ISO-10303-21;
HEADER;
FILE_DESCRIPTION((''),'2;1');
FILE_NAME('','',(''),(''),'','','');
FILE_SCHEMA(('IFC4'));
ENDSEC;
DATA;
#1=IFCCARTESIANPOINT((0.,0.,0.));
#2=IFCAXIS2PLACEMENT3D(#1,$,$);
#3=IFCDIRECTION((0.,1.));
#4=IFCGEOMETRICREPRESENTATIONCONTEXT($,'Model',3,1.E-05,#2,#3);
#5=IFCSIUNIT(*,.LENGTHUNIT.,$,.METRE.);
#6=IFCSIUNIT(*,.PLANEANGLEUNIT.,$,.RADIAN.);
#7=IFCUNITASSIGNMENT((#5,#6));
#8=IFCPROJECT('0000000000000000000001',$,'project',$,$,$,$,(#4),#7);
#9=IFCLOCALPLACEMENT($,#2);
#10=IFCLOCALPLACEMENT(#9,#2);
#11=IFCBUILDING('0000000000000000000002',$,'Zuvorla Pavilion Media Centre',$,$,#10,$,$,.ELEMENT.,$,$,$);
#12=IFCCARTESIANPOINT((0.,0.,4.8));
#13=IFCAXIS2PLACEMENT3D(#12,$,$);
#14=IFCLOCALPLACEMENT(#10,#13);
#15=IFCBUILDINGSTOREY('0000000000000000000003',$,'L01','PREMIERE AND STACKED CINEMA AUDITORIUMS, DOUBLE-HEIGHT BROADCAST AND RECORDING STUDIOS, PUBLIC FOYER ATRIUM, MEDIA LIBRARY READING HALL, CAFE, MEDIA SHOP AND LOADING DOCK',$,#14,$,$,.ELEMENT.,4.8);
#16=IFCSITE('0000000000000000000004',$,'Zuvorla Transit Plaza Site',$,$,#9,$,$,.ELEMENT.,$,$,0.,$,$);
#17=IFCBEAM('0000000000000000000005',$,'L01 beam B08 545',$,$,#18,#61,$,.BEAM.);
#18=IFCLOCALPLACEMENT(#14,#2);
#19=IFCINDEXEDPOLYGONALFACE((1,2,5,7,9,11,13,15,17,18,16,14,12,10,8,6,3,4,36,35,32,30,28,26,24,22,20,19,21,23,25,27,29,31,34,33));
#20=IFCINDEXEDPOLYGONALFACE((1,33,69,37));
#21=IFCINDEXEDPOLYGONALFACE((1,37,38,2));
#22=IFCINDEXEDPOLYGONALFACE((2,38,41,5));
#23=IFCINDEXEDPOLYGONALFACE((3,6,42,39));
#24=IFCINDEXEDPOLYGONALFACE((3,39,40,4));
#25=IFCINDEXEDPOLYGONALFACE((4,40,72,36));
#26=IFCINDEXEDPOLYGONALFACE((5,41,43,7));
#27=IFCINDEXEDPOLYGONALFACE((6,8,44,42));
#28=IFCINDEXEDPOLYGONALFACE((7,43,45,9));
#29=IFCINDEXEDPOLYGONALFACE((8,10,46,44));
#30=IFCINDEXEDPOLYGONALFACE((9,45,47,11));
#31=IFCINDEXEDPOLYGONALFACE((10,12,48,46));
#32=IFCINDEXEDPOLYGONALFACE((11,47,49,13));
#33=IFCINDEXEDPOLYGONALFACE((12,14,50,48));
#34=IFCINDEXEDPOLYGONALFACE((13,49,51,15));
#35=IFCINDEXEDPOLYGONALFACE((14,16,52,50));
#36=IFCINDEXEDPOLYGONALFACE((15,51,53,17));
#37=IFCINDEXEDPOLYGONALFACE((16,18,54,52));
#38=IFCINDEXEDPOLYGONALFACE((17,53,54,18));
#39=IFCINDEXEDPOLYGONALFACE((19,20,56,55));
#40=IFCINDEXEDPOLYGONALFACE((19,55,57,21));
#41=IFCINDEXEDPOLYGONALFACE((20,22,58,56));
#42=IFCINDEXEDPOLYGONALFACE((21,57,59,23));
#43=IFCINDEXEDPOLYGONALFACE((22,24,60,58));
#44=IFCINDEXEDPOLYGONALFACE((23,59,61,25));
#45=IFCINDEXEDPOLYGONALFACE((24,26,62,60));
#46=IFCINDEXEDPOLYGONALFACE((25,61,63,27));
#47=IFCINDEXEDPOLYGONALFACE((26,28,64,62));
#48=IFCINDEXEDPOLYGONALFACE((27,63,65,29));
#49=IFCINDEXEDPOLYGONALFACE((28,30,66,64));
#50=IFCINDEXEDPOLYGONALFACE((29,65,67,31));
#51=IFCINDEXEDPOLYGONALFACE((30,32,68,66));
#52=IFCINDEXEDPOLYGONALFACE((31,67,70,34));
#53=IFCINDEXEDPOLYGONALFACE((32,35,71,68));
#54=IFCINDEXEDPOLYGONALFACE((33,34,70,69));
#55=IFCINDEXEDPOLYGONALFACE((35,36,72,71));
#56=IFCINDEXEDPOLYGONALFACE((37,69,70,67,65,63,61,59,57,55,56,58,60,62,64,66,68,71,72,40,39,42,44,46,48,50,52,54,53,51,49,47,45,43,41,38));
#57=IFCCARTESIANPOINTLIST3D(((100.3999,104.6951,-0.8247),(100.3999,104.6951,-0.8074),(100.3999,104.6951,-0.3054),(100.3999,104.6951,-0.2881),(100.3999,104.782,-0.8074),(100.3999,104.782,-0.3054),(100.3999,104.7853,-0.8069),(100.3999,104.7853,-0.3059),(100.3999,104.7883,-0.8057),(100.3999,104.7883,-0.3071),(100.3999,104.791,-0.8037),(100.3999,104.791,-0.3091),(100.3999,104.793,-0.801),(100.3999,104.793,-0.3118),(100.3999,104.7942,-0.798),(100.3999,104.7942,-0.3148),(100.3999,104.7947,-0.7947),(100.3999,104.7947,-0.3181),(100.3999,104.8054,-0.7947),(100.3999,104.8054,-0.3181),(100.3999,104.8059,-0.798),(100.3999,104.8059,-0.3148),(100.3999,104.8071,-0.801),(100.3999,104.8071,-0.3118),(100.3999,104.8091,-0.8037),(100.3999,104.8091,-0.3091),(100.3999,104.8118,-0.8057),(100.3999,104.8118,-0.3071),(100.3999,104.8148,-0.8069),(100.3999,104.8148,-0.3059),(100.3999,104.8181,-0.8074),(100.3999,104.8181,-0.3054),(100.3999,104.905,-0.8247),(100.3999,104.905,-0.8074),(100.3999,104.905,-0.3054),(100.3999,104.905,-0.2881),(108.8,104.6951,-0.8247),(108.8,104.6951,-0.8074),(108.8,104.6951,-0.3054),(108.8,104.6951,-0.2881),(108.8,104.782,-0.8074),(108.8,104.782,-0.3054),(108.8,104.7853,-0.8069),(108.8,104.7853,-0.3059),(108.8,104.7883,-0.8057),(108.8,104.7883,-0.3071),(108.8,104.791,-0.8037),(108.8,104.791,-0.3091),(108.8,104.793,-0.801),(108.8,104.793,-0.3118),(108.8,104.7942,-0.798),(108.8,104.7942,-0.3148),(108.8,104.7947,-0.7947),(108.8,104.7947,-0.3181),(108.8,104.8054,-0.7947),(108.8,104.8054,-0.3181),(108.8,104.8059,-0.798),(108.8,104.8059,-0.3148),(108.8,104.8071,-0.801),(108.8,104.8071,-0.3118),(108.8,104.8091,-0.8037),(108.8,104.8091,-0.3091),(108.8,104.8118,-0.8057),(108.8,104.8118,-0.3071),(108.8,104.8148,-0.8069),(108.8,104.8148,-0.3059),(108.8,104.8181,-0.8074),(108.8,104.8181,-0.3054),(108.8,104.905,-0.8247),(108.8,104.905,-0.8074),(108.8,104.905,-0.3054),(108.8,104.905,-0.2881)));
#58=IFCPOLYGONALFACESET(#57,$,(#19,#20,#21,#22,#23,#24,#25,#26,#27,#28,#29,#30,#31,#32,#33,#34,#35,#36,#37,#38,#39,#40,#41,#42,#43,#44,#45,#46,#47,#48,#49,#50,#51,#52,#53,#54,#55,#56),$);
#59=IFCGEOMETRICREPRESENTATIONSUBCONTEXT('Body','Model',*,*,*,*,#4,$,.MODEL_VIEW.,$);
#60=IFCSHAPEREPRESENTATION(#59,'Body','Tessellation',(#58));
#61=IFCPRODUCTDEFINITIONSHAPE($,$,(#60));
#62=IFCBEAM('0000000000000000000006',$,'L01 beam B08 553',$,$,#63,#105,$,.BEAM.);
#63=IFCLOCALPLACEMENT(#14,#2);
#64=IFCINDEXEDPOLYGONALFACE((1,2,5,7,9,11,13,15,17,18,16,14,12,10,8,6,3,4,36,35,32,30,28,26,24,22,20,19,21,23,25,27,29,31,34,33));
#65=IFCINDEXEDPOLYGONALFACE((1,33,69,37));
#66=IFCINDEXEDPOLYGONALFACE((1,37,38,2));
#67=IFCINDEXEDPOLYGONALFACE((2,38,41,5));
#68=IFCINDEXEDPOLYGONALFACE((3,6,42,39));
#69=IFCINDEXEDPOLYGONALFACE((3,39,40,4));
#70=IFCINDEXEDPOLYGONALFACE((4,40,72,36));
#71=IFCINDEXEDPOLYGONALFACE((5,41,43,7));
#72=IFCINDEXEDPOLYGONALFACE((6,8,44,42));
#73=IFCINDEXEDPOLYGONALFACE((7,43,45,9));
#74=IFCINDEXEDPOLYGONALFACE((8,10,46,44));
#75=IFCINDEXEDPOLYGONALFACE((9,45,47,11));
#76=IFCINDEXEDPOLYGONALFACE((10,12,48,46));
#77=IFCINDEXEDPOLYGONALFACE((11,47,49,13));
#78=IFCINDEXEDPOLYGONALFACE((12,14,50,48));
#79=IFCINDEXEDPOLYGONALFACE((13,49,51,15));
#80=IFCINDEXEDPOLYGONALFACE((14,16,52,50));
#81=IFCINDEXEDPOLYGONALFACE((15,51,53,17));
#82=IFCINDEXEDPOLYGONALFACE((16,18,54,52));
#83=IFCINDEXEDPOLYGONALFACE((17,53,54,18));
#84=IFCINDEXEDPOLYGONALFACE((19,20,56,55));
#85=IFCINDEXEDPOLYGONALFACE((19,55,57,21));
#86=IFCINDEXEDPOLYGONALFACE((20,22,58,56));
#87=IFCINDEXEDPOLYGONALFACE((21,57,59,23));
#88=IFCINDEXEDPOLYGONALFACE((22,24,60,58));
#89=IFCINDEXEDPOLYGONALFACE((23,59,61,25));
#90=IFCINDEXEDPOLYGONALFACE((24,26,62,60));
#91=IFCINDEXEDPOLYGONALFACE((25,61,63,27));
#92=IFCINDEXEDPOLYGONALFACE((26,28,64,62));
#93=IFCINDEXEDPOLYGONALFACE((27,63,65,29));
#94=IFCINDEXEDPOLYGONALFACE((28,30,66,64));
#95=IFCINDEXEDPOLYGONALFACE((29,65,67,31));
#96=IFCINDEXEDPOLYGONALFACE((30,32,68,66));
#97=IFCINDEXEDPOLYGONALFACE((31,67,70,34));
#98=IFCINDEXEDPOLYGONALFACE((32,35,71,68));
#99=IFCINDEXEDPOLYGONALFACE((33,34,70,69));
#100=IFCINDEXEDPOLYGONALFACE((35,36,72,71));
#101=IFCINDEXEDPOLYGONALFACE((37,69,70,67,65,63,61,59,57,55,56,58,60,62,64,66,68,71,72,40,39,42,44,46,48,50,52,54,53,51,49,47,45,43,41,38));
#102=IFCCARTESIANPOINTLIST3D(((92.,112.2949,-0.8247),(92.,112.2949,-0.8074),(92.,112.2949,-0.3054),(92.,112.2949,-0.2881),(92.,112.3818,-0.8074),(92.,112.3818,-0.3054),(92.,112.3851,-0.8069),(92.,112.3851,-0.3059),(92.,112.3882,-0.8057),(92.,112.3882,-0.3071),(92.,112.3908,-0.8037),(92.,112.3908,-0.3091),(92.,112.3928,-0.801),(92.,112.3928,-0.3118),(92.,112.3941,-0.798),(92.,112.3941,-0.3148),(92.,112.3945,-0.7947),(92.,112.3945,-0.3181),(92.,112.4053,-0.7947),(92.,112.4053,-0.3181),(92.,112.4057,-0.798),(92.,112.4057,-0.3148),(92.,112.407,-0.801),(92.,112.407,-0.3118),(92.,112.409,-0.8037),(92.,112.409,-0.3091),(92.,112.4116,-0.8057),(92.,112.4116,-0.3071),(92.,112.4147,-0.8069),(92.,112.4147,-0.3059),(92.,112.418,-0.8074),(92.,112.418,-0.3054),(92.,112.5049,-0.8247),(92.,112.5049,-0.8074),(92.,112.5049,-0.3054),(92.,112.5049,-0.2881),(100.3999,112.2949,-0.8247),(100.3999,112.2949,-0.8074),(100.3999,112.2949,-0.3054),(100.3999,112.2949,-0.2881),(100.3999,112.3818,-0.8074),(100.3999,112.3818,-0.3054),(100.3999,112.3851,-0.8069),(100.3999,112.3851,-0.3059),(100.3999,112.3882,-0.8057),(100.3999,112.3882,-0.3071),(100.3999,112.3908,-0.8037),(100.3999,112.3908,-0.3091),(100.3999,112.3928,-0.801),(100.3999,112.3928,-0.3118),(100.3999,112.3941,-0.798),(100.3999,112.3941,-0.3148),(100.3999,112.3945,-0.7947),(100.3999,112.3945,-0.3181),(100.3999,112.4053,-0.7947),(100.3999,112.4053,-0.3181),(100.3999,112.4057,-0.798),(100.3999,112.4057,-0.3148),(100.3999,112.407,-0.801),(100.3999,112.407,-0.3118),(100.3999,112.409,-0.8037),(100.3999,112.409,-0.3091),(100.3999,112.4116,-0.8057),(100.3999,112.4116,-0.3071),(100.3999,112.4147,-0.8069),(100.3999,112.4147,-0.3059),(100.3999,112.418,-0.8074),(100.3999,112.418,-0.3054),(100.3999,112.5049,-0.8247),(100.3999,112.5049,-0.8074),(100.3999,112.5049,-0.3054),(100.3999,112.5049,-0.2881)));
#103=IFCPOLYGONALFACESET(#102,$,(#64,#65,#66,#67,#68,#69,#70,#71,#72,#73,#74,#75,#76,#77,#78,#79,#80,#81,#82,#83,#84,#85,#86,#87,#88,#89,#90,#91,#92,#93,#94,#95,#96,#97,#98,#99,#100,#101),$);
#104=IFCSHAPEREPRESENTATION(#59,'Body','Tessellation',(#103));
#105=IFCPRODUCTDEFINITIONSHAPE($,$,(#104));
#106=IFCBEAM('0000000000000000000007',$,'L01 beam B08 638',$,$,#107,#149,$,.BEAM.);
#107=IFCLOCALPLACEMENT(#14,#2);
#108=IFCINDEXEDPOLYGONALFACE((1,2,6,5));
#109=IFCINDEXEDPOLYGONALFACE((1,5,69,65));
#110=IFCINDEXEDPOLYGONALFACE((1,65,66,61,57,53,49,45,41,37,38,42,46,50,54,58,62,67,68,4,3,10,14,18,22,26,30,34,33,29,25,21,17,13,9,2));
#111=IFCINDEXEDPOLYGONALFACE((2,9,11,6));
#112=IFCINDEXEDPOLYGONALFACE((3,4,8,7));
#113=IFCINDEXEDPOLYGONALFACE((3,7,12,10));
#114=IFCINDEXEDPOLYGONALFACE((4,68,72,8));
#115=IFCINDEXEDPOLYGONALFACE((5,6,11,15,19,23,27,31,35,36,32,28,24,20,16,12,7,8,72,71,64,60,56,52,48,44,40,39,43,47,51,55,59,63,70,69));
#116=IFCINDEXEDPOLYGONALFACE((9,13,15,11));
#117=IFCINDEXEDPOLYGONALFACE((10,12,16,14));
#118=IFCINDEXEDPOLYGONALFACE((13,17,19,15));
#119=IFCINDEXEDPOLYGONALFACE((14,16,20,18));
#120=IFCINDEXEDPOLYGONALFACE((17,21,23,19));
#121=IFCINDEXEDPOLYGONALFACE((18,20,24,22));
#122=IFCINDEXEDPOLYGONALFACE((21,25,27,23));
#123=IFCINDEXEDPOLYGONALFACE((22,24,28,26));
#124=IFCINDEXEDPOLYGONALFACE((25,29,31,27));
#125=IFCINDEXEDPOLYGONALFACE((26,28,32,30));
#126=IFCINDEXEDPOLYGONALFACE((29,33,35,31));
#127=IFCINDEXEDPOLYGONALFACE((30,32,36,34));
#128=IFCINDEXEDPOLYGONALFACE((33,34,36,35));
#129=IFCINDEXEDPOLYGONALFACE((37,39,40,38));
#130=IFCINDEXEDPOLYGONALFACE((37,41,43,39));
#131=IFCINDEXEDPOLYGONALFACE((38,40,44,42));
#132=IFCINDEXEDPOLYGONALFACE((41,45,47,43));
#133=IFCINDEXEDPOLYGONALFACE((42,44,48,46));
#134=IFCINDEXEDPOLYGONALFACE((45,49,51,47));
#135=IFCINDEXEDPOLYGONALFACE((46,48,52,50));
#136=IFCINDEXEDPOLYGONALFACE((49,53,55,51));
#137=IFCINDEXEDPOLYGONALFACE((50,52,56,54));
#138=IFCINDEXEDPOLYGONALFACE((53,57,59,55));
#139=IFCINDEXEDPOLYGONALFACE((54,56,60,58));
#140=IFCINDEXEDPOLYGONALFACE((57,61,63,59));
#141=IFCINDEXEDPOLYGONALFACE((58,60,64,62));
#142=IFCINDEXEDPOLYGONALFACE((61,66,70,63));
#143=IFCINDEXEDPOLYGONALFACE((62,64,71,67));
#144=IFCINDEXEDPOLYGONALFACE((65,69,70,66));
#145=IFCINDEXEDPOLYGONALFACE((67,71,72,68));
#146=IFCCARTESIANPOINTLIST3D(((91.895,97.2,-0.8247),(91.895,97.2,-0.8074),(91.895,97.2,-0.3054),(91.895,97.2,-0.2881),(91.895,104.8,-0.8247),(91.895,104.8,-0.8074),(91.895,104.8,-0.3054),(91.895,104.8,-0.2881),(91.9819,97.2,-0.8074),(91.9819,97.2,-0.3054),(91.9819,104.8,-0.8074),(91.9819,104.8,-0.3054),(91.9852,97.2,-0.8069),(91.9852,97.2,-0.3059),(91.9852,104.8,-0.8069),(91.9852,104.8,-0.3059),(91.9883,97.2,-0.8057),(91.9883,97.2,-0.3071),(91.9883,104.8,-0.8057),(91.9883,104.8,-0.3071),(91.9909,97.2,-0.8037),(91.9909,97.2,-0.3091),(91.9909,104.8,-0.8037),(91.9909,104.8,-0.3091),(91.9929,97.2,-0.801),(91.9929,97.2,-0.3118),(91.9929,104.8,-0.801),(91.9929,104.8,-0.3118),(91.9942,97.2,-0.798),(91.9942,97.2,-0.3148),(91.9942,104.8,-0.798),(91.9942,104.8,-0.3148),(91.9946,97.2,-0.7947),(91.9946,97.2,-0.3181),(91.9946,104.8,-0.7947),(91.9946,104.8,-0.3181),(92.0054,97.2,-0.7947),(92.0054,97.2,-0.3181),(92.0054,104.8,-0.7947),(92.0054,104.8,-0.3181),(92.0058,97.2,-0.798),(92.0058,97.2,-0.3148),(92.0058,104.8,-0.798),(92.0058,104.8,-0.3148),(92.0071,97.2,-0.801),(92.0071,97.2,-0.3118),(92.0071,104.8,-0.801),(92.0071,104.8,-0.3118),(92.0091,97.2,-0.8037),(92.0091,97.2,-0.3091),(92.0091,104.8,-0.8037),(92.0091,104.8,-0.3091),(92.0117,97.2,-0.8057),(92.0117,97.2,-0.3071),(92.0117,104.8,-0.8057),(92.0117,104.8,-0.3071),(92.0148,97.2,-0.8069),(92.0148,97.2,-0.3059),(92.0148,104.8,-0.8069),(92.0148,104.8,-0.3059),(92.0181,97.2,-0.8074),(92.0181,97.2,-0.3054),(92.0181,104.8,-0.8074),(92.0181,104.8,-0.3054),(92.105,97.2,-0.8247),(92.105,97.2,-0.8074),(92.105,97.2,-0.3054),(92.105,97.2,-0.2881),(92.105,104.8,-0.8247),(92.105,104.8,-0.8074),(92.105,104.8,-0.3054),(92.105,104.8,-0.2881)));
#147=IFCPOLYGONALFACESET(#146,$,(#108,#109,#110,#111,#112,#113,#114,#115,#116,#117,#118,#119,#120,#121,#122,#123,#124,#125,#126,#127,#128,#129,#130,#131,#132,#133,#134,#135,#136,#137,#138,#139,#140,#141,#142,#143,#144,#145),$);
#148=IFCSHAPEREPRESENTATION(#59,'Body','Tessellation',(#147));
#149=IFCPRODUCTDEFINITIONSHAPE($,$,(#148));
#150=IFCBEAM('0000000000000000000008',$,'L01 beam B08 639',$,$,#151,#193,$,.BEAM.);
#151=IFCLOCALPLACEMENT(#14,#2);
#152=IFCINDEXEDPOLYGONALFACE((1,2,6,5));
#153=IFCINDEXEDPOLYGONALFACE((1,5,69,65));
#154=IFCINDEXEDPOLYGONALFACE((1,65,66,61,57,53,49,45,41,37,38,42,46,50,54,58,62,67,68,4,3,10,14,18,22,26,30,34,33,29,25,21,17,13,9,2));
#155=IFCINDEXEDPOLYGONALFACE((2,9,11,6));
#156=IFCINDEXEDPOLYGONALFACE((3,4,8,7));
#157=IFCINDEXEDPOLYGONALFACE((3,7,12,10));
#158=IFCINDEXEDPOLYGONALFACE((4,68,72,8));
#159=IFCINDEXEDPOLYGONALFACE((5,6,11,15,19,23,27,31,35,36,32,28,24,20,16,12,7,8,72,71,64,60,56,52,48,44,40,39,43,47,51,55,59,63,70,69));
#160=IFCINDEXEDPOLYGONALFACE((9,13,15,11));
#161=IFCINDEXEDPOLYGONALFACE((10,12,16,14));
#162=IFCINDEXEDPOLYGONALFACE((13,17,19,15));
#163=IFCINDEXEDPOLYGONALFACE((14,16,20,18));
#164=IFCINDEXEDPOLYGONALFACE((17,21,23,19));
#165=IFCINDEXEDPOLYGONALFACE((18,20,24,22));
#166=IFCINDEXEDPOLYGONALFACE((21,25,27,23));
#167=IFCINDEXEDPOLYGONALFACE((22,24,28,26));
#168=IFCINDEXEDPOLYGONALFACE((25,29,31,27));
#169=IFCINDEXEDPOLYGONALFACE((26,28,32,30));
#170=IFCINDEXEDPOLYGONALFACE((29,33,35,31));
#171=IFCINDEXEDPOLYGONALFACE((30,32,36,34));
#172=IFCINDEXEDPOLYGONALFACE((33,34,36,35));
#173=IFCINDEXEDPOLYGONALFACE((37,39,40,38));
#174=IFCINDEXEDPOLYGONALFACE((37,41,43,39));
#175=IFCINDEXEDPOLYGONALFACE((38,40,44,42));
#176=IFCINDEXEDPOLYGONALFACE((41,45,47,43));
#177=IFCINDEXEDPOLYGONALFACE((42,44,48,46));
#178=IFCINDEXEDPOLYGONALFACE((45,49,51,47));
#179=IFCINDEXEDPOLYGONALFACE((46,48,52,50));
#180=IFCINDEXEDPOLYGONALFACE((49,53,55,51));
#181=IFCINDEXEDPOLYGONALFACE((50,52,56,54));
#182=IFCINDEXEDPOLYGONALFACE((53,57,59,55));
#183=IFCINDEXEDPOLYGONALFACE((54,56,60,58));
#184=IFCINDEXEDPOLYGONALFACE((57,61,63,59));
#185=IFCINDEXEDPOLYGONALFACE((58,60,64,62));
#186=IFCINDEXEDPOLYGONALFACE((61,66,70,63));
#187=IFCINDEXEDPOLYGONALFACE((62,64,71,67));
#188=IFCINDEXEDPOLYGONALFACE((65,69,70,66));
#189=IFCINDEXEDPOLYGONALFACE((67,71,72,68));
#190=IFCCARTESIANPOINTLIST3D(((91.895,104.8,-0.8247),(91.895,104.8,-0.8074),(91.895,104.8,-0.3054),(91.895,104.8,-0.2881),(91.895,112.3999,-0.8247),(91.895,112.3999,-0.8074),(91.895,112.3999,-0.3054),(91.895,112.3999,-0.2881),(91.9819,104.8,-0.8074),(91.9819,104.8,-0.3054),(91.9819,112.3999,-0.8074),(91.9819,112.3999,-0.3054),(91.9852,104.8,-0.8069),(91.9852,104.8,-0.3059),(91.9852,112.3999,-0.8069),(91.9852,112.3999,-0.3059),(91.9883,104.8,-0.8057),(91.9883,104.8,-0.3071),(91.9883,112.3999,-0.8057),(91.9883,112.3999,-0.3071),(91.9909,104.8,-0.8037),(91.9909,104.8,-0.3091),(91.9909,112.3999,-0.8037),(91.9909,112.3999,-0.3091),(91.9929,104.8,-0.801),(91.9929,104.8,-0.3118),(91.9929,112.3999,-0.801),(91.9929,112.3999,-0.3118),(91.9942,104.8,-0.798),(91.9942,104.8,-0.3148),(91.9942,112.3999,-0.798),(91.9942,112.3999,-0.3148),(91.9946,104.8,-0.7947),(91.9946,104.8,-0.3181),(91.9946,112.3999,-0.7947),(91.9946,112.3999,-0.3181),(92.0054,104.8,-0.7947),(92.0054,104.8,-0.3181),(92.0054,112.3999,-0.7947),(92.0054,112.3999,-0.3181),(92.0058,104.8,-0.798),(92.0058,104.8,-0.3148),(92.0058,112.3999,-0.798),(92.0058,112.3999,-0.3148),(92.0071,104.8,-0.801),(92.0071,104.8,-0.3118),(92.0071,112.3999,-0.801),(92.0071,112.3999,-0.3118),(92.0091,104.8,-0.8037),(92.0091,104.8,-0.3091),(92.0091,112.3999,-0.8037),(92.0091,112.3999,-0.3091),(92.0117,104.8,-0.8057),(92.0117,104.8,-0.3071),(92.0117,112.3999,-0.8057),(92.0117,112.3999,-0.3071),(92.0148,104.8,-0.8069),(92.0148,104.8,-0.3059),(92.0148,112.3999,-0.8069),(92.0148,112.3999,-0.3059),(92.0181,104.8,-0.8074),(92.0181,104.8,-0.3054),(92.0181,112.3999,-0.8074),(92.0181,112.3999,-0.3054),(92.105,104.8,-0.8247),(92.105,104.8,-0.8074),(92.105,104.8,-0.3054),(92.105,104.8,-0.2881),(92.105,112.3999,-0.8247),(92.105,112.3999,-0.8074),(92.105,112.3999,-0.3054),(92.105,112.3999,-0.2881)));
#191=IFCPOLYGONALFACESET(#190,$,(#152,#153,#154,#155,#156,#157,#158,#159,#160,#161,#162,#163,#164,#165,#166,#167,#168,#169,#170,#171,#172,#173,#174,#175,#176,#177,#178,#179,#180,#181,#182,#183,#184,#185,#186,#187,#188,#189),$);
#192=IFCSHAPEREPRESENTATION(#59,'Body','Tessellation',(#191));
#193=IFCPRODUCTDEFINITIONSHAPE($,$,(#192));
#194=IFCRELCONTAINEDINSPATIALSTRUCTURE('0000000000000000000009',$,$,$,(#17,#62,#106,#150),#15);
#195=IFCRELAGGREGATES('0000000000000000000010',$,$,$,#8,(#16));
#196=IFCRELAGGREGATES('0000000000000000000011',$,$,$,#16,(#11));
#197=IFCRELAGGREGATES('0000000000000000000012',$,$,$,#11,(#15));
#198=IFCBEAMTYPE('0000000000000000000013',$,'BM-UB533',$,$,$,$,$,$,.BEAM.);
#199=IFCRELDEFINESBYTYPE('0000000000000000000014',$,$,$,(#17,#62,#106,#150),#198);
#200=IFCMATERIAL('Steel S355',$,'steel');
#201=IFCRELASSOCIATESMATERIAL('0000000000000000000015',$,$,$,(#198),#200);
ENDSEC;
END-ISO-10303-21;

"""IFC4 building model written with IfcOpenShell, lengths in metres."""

from ifc_helpers import new_model, si_unit, direction, frame, origin, origin_2d, place, context, subcontext, project, spatial, i_section, extrude, material, material_profile, profile_set, type_object, element, save


model = new_model("IFC4")

# Units and contexts
model_context = context("Model", 3, precision=1e-05, world=origin(), true_north=direction((0.0, 1.0)))
body_context = subcontext(model_context, "Body", "Model", "MODEL_VIEW")
ifc_project = project(units=[si_unit("LENGTHUNIT", "METRE"), si_unit("PLANEANGLEUNIT", "RADIAN")], contexts=[model_context])

# Site, building, storey
site_placement = place(None, origin())
site = spatial("IfcSite", under=ifc_project, at=site_placement, Name="Zuvorla Transit Plaza Site", CompositionType="ELEMENT", RefElevation=0.0)
building_placement = place(site_placement, origin())
building = spatial("IfcBuilding", under=site, at=building_placement, Name="Zuvorla Pavilion Media Centre", CompositionType="ELEMENT")
storey_placement = place(building_placement, frame((0.0, 0.0, 4.8)))
storey = spatial("IfcBuildingStorey", under=building, at=storey_placement, Name="L01", Description="PREMIERE AND STACKED CINEMA AUDITORIUMS, DOUBLE-HEIGHT BROADCAST AND RECORDING STUDIOS, PUBLIC FOYER ATRIUM, MEDIA LIBRARY READING HALL, CAFE, MEDIA SHOP AND LOADING DOCK", CompositionType="ELEMENT", Elevation=4.8)

# Beams
ifc_material_1 = material(Name="Steel S355", Category="steel")
ifc_material_profile_1 = material_profile(ifc_material_1, i_section(OverallWidth=0.21, OverallDepth=0.5366, WebThickness=0.0107, FlangeThickness=0.0173, FilletRadius=0.0127, at=origin_2d()), Name="UB 533x210x101")
ifc_profile_set_1 = profile_set([ifc_material_profile_1], Name="Steel S355")
beam_type_1 = type_object("IfcBeamType", Name="BM-UB533", PredefinedType="BEAM", material=ifc_profile_set_1)
beam_1_placement = place(storey_placement, frame((100.3999, 104.8, -0.5564), z_axis=(1.0, 0.0, 0.0), x_axis=(0.0, 1.0, 0.0)))
element("IfcBeam", 1, at=beam_1_placement, inside=storey, type_object=beam_type_1, Name="L01 beam B08 545", PredefinedType="BEAM", context=body_context, shape_type="SweptSolid", body=[
    extrude(i_section(OverallWidth=0.21, OverallDepth=0.5366, WebThickness=0.0107, FlangeThickness=0.0173, FilletRadius=0.0127, at=origin_2d()), origin(), (0.0, 0.0, 1.0), 8.4001),
])
beam_2_placement = place(storey_placement, frame((92.0, 112.3999, -0.5564), z_axis=(1.0, 0.0, 0.0), x_axis=(0.0, 1.0, 0.0)))
element("IfcBeam", 2, at=beam_2_placement, inside=storey, type_object=beam_type_1, Name="L01 beam B08 553", PredefinedType="BEAM", context=body_context, shape_type="SweptSolid", body=[
    extrude(i_section(OverallWidth=0.21, OverallDepth=0.5366, WebThickness=0.0107, FlangeThickness=0.0173, FilletRadius=0.0127, at=origin_2d()), origin(), (0.0, 0.0, 1.0), 8.3999),
])
beam_3_placement = place(storey_placement, frame((92.0, 97.2, -0.5564), z_axis=(0.0, 1.0, 0.0), x_axis=(-1.0, 0.0, 0.0)))
element("IfcBeam", 3, at=beam_3_placement, inside=storey, type_object=beam_type_1, Name="L01 beam B08 638", PredefinedType="BEAM", context=body_context, shape_type="SweptSolid", body=[
    extrude(i_section(OverallWidth=0.21, OverallDepth=0.5366, WebThickness=0.0107, FlangeThickness=0.0173, FilletRadius=0.0127, at=origin_2d()), origin(), (0.0, 0.0, 1.0), 7.6001),
])
beam_4_placement = place(storey_placement, frame((92.0, 104.8, -0.5564), z_axis=(0.0, 1.0, 0.0), x_axis=(-1.0, 0.0, 0.0)))
element("IfcBeam", 4, at=beam_4_placement, inside=storey, type_object=beam_type_1, Name="L01 beam B08 639", PredefinedType="BEAM", context=body_context, shape_type="SweptSolid", body=[
    extrude(i_section(OverallWidth=0.21, OverallDepth=0.5366, WebThickness=0.0107, FlangeThickness=0.0173, FilletRadius=0.0127, at=origin_2d()), origin(), (0.0, 0.0, 1.0), 7.5999),
])

save(model, "model.ifc")
